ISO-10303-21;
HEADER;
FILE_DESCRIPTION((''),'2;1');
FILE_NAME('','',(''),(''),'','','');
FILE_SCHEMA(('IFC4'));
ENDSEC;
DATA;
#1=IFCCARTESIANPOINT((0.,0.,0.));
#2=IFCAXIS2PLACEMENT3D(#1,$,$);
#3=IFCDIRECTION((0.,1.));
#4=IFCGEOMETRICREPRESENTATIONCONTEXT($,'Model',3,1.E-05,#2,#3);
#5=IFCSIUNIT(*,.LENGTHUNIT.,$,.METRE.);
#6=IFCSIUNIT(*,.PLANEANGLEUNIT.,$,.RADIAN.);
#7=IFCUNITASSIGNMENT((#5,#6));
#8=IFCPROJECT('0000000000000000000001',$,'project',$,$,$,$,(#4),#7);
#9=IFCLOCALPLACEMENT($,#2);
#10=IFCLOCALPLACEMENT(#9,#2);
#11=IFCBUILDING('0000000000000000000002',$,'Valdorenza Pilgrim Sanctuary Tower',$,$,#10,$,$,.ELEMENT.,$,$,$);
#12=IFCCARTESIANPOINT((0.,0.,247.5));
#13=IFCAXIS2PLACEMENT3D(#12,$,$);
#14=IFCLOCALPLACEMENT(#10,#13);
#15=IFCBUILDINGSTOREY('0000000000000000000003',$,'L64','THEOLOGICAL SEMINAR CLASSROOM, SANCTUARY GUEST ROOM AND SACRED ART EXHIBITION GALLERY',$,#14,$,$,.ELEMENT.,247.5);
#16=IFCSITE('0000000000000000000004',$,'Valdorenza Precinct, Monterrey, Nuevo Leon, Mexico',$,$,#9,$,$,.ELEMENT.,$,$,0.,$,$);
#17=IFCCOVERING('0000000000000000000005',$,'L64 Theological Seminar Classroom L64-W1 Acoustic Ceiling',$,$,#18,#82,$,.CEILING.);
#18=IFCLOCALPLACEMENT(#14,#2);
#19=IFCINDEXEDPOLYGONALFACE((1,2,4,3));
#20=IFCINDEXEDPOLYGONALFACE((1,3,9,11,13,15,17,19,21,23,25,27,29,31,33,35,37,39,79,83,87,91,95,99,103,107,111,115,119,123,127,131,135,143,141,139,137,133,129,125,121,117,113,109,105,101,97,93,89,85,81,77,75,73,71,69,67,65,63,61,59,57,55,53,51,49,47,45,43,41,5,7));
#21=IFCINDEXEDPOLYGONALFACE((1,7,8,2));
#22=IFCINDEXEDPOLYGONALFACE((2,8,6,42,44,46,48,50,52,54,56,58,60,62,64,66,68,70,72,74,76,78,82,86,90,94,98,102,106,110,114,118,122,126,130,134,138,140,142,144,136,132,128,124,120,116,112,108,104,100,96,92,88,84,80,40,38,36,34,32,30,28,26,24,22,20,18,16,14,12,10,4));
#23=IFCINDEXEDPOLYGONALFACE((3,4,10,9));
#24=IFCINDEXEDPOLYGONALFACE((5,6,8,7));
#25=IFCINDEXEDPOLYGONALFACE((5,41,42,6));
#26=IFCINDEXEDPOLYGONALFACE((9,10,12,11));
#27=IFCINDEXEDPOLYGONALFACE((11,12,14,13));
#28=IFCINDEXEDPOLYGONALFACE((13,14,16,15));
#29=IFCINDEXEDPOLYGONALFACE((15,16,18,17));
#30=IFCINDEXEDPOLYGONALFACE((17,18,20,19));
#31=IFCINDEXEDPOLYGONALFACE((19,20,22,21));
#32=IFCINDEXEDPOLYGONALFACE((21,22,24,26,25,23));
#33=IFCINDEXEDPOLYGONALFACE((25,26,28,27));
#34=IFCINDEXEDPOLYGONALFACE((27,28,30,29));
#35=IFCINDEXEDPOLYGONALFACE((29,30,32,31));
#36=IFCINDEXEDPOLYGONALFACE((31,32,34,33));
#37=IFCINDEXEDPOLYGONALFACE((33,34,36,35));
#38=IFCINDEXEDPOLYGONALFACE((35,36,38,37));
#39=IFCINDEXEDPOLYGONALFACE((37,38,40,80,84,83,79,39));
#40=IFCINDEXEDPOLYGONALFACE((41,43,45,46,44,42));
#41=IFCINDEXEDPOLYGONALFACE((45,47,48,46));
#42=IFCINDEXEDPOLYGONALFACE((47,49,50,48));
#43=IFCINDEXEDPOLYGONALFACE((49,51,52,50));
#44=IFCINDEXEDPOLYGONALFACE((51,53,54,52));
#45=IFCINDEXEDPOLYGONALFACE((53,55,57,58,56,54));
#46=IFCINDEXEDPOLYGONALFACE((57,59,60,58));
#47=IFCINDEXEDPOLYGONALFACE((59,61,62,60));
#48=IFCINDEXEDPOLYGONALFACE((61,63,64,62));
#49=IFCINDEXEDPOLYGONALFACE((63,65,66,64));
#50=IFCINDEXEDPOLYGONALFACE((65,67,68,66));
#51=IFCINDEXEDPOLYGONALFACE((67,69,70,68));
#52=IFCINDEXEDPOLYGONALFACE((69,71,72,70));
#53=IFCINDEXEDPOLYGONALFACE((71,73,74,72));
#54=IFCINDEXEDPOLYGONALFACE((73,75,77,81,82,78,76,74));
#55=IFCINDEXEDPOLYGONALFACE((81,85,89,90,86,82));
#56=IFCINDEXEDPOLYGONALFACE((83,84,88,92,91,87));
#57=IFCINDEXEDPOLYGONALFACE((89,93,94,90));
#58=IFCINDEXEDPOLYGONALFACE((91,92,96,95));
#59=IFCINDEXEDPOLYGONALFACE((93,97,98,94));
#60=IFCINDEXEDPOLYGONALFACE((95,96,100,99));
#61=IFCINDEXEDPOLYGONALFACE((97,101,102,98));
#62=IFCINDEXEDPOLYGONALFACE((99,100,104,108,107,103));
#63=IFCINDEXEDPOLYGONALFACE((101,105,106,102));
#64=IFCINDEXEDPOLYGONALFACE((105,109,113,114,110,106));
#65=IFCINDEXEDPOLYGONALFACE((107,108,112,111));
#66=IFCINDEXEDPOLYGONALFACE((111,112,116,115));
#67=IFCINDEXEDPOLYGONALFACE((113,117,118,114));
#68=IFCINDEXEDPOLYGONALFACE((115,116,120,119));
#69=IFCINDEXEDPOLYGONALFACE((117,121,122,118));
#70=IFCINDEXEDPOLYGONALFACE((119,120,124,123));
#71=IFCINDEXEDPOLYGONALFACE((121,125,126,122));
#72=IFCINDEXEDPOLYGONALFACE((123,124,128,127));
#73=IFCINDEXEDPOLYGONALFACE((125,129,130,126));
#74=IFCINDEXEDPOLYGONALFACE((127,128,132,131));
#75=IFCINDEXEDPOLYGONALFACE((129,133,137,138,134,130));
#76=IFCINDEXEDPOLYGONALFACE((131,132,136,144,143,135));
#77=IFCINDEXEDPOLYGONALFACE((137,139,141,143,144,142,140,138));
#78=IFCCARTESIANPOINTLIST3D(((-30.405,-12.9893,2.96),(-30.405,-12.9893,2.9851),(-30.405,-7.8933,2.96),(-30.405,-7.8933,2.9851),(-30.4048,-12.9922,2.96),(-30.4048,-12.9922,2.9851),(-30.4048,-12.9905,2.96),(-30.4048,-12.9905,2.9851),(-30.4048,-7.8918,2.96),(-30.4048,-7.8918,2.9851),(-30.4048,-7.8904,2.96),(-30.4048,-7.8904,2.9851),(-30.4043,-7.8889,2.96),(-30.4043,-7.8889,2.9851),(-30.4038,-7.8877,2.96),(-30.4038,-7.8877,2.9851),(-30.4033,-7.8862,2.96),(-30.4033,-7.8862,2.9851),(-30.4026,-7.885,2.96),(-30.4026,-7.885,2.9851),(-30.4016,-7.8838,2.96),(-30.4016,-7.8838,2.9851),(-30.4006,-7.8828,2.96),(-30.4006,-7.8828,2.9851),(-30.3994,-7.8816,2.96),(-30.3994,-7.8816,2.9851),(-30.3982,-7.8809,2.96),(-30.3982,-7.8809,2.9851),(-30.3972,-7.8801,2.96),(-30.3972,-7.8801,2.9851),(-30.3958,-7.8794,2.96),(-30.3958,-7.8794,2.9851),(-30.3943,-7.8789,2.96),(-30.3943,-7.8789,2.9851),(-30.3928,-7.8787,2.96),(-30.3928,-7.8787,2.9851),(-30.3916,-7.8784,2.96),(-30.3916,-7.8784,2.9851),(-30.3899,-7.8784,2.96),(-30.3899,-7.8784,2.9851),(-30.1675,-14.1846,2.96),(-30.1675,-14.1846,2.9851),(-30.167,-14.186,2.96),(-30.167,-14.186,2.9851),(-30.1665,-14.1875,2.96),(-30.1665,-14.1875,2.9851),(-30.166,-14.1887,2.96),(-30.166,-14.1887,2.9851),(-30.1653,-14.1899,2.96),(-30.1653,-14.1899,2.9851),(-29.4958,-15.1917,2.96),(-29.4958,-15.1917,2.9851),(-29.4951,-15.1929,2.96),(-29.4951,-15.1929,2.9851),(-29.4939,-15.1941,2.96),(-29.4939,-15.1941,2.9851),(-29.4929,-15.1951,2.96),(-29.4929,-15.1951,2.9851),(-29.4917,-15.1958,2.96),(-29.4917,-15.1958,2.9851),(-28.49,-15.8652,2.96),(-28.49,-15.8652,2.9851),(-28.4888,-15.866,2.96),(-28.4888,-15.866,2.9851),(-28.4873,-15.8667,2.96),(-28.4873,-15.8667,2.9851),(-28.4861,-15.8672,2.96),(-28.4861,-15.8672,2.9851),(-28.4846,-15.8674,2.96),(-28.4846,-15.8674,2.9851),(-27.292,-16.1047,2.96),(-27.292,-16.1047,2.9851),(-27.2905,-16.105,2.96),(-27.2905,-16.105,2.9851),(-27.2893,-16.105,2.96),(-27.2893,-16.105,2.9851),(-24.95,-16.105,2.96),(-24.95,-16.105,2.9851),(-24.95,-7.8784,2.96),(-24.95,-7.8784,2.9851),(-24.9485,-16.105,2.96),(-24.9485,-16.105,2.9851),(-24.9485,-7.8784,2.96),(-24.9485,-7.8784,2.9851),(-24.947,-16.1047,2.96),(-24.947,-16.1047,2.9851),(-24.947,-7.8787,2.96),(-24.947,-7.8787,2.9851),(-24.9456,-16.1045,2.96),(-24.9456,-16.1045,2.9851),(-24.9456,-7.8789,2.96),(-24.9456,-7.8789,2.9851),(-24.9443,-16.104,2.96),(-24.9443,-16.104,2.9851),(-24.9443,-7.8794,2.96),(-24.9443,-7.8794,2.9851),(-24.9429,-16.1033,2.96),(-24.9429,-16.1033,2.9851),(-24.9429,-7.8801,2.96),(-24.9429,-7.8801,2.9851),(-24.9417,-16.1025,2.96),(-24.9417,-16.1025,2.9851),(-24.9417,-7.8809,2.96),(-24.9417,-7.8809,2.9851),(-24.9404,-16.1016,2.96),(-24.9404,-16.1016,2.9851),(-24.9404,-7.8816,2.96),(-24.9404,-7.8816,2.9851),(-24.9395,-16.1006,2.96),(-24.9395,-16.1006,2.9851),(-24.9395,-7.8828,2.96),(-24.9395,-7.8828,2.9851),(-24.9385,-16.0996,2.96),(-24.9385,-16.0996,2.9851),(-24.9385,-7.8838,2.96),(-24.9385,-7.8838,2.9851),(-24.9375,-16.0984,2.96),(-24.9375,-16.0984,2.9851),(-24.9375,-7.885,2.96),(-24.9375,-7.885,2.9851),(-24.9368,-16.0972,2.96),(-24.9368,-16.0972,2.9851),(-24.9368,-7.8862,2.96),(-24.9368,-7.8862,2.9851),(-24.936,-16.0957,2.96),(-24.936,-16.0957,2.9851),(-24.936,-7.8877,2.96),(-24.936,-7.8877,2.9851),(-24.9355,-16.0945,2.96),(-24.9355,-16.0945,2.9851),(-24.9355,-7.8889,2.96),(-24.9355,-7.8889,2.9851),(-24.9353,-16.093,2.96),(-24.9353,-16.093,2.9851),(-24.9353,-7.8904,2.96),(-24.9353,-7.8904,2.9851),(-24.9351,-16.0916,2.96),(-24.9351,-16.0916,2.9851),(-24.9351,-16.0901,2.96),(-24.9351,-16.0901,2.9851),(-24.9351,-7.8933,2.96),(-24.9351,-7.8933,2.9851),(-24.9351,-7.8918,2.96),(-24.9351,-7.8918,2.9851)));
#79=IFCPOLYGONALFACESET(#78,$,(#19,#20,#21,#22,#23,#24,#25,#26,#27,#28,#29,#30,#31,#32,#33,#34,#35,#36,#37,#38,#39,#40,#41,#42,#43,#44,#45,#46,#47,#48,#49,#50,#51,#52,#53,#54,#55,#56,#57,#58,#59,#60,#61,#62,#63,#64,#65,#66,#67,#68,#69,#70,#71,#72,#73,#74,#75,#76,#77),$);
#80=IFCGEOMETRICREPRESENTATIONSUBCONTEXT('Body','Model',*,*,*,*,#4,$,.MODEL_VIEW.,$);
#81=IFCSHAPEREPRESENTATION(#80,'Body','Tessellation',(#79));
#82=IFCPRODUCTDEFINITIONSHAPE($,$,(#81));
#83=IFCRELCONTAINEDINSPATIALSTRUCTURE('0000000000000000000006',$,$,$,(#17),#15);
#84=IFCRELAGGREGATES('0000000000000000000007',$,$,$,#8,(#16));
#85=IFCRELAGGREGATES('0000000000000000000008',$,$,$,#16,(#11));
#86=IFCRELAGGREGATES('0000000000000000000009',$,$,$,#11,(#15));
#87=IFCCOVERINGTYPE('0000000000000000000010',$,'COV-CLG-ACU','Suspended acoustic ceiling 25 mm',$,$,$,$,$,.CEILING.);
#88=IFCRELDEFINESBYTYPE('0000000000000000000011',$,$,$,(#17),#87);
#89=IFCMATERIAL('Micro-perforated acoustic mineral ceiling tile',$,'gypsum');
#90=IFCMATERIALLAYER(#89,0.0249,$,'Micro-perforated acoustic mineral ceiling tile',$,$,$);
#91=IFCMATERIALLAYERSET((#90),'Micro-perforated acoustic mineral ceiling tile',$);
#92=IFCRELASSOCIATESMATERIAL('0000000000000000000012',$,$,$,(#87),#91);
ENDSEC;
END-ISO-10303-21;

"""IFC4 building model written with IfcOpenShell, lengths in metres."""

from ifc_helpers import new_model, si_unit, direction, frame, origin, place, context, subcontext, project, spatial, polyline, outline, extrude, material, layer, layer_set, type_object, element, save


model = new_model("IFC4")

# Units and contexts
model_context = context("Model", 3, precision=1e-05, world=origin(), true_north=direction((0.0, 1.0)))
body_context = subcontext(model_context, "Body", "Model", "MODEL_VIEW")
ifc_project = project(units=[si_unit("LENGTHUNIT", "METRE"), si_unit("PLANEANGLEUNIT", "RADIAN")], contexts=[model_context])

# Site, building, storey
site_placement = place(None, origin())
site = spatial("IfcSite", under=ifc_project, at=site_placement, Name="Valdorenza Precinct, Monterrey, Nuevo Leon, Mexico", CompositionType="ELEMENT", RefElevation=0.0)
building_placement = place(site_placement, origin())
building = spatial("IfcBuilding", under=site, at=building_placement, Name="Valdorenza Pilgrim Sanctuary Tower", CompositionType="ELEMENT")
storey_placement = place(building_placement, frame((0.0, 0.0, 247.5)))
storey = spatial("IfcBuildingStorey", under=building, at=storey_placement, Name="L64", Description="THEOLOGICAL SEMINAR CLASSROOM, SANCTUARY GUEST ROOM AND SACRED ART EXHIBITION GALLERY", CompositionType="ELEMENT", Elevation=247.5)

# Covering
ifc_material_1 = material(Name="Micro-perforated acoustic mineral ceiling tile", Category="gypsum")
ifc_layer_1 = layer(ifc_material_1, 0.0249, Name="Micro-perforated acoustic mineral ceiling tile")
ifc_layer_set_1 = layer_set([ifc_layer_1], Name="Micro-perforated acoustic mineral ceiling tile")
covering_type_1 = type_object("IfcCoveringType", Name="COV-CLG-ACU", Description="Suspended acoustic ceiling 25 mm", PredefinedType="CEILING", material=ifc_layer_set_1)
covering_1_placement = place(storey_placement, frame((0.0, 0.0, 2.96)))
element("IfcCovering", 1, at=covering_1_placement, inside=storey, type_object=covering_type_1, Name="L64 Theological Seminar Classroom L64-W1 Acoustic Ceiling", PredefinedType="CEILING", context=body_context, shape_type="SweptSolid", body=[
    extrude(outline(polyline([(-24.9351, -16.0901), (-24.9351, -16.0916), (-24.9353, -16.093), (-24.9355, -16.0945), (-24.936, -16.0957), (-24.9368, -16.0972), (-24.9375, -16.0984), (-24.9385, -16.0996), (-24.9395, -16.1006), (-24.9404, -16.1016), (-24.9417, -16.1025), (-24.9429, -16.1033), (-24.9443, -16.104), (-24.9456, -16.1045), (-24.947, -16.1047), (-24.9485, -16.105), (-24.95, -16.105), (-27.2893, -16.105), (-27.2905, -16.105), (-27.292, -16.1047), (-28.4846, -15.8674), (-28.4861, -15.8672), (-28.4873, -15.8667), (-28.4888, -15.866), (-28.49, -15.8652), (-29.4917, -15.1958), (-29.4929, -15.1951), (-29.4939, -15.1941), (-29.4951, -15.1929), (-29.4958, -15.1917), (-30.1653, -14.1899), (-30.166, -14.1887), (-30.1665, -14.1875), (-30.167, -14.186), (-30.1675, -14.1846), (-30.4048, -12.9922), (-30.4048, -12.9905), (-30.405, -12.9893), (-30.405, -7.8933), (-30.4048, -7.8918), (-30.4048, -7.8904), (-30.4043, -7.8889), (-30.4038, -7.8877), (-30.4033, -7.8862), (-30.4026, -7.885), (-30.4016, -7.8838), (-30.4006, -7.8828), (-30.3994, -7.8816), (-30.3982, -7.8809), (-30.3972, -7.8801), (-30.3958, -7.8794), (-30.3943, -7.8789), (-30.3928, -7.8787), (-30.3916, -7.8784), (-30.3899, -7.8784), (-24.95, -7.8784), (-24.9485, -7.8784), (-24.947, -7.8787), (-24.9456, -7.8789), (-24.9443, -7.8794), (-24.9429, -7.8801), (-24.9417, -7.8809), (-24.9404, -7.8816), (-24.9395, -7.8828), (-24.9385, -7.8838), (-24.9375, -7.885), (-24.9368, -7.8862), (-24.936, -7.8877), (-24.9355, -7.8889), (-24.9353, -7.8904), (-24.9351, -7.8918), (-24.9351, -7.8933), (-24.9351, -16.0901)])), origin(), (0.0, 0.0, 1.0), 0.0251),
])

save(model, "model.ifc")
